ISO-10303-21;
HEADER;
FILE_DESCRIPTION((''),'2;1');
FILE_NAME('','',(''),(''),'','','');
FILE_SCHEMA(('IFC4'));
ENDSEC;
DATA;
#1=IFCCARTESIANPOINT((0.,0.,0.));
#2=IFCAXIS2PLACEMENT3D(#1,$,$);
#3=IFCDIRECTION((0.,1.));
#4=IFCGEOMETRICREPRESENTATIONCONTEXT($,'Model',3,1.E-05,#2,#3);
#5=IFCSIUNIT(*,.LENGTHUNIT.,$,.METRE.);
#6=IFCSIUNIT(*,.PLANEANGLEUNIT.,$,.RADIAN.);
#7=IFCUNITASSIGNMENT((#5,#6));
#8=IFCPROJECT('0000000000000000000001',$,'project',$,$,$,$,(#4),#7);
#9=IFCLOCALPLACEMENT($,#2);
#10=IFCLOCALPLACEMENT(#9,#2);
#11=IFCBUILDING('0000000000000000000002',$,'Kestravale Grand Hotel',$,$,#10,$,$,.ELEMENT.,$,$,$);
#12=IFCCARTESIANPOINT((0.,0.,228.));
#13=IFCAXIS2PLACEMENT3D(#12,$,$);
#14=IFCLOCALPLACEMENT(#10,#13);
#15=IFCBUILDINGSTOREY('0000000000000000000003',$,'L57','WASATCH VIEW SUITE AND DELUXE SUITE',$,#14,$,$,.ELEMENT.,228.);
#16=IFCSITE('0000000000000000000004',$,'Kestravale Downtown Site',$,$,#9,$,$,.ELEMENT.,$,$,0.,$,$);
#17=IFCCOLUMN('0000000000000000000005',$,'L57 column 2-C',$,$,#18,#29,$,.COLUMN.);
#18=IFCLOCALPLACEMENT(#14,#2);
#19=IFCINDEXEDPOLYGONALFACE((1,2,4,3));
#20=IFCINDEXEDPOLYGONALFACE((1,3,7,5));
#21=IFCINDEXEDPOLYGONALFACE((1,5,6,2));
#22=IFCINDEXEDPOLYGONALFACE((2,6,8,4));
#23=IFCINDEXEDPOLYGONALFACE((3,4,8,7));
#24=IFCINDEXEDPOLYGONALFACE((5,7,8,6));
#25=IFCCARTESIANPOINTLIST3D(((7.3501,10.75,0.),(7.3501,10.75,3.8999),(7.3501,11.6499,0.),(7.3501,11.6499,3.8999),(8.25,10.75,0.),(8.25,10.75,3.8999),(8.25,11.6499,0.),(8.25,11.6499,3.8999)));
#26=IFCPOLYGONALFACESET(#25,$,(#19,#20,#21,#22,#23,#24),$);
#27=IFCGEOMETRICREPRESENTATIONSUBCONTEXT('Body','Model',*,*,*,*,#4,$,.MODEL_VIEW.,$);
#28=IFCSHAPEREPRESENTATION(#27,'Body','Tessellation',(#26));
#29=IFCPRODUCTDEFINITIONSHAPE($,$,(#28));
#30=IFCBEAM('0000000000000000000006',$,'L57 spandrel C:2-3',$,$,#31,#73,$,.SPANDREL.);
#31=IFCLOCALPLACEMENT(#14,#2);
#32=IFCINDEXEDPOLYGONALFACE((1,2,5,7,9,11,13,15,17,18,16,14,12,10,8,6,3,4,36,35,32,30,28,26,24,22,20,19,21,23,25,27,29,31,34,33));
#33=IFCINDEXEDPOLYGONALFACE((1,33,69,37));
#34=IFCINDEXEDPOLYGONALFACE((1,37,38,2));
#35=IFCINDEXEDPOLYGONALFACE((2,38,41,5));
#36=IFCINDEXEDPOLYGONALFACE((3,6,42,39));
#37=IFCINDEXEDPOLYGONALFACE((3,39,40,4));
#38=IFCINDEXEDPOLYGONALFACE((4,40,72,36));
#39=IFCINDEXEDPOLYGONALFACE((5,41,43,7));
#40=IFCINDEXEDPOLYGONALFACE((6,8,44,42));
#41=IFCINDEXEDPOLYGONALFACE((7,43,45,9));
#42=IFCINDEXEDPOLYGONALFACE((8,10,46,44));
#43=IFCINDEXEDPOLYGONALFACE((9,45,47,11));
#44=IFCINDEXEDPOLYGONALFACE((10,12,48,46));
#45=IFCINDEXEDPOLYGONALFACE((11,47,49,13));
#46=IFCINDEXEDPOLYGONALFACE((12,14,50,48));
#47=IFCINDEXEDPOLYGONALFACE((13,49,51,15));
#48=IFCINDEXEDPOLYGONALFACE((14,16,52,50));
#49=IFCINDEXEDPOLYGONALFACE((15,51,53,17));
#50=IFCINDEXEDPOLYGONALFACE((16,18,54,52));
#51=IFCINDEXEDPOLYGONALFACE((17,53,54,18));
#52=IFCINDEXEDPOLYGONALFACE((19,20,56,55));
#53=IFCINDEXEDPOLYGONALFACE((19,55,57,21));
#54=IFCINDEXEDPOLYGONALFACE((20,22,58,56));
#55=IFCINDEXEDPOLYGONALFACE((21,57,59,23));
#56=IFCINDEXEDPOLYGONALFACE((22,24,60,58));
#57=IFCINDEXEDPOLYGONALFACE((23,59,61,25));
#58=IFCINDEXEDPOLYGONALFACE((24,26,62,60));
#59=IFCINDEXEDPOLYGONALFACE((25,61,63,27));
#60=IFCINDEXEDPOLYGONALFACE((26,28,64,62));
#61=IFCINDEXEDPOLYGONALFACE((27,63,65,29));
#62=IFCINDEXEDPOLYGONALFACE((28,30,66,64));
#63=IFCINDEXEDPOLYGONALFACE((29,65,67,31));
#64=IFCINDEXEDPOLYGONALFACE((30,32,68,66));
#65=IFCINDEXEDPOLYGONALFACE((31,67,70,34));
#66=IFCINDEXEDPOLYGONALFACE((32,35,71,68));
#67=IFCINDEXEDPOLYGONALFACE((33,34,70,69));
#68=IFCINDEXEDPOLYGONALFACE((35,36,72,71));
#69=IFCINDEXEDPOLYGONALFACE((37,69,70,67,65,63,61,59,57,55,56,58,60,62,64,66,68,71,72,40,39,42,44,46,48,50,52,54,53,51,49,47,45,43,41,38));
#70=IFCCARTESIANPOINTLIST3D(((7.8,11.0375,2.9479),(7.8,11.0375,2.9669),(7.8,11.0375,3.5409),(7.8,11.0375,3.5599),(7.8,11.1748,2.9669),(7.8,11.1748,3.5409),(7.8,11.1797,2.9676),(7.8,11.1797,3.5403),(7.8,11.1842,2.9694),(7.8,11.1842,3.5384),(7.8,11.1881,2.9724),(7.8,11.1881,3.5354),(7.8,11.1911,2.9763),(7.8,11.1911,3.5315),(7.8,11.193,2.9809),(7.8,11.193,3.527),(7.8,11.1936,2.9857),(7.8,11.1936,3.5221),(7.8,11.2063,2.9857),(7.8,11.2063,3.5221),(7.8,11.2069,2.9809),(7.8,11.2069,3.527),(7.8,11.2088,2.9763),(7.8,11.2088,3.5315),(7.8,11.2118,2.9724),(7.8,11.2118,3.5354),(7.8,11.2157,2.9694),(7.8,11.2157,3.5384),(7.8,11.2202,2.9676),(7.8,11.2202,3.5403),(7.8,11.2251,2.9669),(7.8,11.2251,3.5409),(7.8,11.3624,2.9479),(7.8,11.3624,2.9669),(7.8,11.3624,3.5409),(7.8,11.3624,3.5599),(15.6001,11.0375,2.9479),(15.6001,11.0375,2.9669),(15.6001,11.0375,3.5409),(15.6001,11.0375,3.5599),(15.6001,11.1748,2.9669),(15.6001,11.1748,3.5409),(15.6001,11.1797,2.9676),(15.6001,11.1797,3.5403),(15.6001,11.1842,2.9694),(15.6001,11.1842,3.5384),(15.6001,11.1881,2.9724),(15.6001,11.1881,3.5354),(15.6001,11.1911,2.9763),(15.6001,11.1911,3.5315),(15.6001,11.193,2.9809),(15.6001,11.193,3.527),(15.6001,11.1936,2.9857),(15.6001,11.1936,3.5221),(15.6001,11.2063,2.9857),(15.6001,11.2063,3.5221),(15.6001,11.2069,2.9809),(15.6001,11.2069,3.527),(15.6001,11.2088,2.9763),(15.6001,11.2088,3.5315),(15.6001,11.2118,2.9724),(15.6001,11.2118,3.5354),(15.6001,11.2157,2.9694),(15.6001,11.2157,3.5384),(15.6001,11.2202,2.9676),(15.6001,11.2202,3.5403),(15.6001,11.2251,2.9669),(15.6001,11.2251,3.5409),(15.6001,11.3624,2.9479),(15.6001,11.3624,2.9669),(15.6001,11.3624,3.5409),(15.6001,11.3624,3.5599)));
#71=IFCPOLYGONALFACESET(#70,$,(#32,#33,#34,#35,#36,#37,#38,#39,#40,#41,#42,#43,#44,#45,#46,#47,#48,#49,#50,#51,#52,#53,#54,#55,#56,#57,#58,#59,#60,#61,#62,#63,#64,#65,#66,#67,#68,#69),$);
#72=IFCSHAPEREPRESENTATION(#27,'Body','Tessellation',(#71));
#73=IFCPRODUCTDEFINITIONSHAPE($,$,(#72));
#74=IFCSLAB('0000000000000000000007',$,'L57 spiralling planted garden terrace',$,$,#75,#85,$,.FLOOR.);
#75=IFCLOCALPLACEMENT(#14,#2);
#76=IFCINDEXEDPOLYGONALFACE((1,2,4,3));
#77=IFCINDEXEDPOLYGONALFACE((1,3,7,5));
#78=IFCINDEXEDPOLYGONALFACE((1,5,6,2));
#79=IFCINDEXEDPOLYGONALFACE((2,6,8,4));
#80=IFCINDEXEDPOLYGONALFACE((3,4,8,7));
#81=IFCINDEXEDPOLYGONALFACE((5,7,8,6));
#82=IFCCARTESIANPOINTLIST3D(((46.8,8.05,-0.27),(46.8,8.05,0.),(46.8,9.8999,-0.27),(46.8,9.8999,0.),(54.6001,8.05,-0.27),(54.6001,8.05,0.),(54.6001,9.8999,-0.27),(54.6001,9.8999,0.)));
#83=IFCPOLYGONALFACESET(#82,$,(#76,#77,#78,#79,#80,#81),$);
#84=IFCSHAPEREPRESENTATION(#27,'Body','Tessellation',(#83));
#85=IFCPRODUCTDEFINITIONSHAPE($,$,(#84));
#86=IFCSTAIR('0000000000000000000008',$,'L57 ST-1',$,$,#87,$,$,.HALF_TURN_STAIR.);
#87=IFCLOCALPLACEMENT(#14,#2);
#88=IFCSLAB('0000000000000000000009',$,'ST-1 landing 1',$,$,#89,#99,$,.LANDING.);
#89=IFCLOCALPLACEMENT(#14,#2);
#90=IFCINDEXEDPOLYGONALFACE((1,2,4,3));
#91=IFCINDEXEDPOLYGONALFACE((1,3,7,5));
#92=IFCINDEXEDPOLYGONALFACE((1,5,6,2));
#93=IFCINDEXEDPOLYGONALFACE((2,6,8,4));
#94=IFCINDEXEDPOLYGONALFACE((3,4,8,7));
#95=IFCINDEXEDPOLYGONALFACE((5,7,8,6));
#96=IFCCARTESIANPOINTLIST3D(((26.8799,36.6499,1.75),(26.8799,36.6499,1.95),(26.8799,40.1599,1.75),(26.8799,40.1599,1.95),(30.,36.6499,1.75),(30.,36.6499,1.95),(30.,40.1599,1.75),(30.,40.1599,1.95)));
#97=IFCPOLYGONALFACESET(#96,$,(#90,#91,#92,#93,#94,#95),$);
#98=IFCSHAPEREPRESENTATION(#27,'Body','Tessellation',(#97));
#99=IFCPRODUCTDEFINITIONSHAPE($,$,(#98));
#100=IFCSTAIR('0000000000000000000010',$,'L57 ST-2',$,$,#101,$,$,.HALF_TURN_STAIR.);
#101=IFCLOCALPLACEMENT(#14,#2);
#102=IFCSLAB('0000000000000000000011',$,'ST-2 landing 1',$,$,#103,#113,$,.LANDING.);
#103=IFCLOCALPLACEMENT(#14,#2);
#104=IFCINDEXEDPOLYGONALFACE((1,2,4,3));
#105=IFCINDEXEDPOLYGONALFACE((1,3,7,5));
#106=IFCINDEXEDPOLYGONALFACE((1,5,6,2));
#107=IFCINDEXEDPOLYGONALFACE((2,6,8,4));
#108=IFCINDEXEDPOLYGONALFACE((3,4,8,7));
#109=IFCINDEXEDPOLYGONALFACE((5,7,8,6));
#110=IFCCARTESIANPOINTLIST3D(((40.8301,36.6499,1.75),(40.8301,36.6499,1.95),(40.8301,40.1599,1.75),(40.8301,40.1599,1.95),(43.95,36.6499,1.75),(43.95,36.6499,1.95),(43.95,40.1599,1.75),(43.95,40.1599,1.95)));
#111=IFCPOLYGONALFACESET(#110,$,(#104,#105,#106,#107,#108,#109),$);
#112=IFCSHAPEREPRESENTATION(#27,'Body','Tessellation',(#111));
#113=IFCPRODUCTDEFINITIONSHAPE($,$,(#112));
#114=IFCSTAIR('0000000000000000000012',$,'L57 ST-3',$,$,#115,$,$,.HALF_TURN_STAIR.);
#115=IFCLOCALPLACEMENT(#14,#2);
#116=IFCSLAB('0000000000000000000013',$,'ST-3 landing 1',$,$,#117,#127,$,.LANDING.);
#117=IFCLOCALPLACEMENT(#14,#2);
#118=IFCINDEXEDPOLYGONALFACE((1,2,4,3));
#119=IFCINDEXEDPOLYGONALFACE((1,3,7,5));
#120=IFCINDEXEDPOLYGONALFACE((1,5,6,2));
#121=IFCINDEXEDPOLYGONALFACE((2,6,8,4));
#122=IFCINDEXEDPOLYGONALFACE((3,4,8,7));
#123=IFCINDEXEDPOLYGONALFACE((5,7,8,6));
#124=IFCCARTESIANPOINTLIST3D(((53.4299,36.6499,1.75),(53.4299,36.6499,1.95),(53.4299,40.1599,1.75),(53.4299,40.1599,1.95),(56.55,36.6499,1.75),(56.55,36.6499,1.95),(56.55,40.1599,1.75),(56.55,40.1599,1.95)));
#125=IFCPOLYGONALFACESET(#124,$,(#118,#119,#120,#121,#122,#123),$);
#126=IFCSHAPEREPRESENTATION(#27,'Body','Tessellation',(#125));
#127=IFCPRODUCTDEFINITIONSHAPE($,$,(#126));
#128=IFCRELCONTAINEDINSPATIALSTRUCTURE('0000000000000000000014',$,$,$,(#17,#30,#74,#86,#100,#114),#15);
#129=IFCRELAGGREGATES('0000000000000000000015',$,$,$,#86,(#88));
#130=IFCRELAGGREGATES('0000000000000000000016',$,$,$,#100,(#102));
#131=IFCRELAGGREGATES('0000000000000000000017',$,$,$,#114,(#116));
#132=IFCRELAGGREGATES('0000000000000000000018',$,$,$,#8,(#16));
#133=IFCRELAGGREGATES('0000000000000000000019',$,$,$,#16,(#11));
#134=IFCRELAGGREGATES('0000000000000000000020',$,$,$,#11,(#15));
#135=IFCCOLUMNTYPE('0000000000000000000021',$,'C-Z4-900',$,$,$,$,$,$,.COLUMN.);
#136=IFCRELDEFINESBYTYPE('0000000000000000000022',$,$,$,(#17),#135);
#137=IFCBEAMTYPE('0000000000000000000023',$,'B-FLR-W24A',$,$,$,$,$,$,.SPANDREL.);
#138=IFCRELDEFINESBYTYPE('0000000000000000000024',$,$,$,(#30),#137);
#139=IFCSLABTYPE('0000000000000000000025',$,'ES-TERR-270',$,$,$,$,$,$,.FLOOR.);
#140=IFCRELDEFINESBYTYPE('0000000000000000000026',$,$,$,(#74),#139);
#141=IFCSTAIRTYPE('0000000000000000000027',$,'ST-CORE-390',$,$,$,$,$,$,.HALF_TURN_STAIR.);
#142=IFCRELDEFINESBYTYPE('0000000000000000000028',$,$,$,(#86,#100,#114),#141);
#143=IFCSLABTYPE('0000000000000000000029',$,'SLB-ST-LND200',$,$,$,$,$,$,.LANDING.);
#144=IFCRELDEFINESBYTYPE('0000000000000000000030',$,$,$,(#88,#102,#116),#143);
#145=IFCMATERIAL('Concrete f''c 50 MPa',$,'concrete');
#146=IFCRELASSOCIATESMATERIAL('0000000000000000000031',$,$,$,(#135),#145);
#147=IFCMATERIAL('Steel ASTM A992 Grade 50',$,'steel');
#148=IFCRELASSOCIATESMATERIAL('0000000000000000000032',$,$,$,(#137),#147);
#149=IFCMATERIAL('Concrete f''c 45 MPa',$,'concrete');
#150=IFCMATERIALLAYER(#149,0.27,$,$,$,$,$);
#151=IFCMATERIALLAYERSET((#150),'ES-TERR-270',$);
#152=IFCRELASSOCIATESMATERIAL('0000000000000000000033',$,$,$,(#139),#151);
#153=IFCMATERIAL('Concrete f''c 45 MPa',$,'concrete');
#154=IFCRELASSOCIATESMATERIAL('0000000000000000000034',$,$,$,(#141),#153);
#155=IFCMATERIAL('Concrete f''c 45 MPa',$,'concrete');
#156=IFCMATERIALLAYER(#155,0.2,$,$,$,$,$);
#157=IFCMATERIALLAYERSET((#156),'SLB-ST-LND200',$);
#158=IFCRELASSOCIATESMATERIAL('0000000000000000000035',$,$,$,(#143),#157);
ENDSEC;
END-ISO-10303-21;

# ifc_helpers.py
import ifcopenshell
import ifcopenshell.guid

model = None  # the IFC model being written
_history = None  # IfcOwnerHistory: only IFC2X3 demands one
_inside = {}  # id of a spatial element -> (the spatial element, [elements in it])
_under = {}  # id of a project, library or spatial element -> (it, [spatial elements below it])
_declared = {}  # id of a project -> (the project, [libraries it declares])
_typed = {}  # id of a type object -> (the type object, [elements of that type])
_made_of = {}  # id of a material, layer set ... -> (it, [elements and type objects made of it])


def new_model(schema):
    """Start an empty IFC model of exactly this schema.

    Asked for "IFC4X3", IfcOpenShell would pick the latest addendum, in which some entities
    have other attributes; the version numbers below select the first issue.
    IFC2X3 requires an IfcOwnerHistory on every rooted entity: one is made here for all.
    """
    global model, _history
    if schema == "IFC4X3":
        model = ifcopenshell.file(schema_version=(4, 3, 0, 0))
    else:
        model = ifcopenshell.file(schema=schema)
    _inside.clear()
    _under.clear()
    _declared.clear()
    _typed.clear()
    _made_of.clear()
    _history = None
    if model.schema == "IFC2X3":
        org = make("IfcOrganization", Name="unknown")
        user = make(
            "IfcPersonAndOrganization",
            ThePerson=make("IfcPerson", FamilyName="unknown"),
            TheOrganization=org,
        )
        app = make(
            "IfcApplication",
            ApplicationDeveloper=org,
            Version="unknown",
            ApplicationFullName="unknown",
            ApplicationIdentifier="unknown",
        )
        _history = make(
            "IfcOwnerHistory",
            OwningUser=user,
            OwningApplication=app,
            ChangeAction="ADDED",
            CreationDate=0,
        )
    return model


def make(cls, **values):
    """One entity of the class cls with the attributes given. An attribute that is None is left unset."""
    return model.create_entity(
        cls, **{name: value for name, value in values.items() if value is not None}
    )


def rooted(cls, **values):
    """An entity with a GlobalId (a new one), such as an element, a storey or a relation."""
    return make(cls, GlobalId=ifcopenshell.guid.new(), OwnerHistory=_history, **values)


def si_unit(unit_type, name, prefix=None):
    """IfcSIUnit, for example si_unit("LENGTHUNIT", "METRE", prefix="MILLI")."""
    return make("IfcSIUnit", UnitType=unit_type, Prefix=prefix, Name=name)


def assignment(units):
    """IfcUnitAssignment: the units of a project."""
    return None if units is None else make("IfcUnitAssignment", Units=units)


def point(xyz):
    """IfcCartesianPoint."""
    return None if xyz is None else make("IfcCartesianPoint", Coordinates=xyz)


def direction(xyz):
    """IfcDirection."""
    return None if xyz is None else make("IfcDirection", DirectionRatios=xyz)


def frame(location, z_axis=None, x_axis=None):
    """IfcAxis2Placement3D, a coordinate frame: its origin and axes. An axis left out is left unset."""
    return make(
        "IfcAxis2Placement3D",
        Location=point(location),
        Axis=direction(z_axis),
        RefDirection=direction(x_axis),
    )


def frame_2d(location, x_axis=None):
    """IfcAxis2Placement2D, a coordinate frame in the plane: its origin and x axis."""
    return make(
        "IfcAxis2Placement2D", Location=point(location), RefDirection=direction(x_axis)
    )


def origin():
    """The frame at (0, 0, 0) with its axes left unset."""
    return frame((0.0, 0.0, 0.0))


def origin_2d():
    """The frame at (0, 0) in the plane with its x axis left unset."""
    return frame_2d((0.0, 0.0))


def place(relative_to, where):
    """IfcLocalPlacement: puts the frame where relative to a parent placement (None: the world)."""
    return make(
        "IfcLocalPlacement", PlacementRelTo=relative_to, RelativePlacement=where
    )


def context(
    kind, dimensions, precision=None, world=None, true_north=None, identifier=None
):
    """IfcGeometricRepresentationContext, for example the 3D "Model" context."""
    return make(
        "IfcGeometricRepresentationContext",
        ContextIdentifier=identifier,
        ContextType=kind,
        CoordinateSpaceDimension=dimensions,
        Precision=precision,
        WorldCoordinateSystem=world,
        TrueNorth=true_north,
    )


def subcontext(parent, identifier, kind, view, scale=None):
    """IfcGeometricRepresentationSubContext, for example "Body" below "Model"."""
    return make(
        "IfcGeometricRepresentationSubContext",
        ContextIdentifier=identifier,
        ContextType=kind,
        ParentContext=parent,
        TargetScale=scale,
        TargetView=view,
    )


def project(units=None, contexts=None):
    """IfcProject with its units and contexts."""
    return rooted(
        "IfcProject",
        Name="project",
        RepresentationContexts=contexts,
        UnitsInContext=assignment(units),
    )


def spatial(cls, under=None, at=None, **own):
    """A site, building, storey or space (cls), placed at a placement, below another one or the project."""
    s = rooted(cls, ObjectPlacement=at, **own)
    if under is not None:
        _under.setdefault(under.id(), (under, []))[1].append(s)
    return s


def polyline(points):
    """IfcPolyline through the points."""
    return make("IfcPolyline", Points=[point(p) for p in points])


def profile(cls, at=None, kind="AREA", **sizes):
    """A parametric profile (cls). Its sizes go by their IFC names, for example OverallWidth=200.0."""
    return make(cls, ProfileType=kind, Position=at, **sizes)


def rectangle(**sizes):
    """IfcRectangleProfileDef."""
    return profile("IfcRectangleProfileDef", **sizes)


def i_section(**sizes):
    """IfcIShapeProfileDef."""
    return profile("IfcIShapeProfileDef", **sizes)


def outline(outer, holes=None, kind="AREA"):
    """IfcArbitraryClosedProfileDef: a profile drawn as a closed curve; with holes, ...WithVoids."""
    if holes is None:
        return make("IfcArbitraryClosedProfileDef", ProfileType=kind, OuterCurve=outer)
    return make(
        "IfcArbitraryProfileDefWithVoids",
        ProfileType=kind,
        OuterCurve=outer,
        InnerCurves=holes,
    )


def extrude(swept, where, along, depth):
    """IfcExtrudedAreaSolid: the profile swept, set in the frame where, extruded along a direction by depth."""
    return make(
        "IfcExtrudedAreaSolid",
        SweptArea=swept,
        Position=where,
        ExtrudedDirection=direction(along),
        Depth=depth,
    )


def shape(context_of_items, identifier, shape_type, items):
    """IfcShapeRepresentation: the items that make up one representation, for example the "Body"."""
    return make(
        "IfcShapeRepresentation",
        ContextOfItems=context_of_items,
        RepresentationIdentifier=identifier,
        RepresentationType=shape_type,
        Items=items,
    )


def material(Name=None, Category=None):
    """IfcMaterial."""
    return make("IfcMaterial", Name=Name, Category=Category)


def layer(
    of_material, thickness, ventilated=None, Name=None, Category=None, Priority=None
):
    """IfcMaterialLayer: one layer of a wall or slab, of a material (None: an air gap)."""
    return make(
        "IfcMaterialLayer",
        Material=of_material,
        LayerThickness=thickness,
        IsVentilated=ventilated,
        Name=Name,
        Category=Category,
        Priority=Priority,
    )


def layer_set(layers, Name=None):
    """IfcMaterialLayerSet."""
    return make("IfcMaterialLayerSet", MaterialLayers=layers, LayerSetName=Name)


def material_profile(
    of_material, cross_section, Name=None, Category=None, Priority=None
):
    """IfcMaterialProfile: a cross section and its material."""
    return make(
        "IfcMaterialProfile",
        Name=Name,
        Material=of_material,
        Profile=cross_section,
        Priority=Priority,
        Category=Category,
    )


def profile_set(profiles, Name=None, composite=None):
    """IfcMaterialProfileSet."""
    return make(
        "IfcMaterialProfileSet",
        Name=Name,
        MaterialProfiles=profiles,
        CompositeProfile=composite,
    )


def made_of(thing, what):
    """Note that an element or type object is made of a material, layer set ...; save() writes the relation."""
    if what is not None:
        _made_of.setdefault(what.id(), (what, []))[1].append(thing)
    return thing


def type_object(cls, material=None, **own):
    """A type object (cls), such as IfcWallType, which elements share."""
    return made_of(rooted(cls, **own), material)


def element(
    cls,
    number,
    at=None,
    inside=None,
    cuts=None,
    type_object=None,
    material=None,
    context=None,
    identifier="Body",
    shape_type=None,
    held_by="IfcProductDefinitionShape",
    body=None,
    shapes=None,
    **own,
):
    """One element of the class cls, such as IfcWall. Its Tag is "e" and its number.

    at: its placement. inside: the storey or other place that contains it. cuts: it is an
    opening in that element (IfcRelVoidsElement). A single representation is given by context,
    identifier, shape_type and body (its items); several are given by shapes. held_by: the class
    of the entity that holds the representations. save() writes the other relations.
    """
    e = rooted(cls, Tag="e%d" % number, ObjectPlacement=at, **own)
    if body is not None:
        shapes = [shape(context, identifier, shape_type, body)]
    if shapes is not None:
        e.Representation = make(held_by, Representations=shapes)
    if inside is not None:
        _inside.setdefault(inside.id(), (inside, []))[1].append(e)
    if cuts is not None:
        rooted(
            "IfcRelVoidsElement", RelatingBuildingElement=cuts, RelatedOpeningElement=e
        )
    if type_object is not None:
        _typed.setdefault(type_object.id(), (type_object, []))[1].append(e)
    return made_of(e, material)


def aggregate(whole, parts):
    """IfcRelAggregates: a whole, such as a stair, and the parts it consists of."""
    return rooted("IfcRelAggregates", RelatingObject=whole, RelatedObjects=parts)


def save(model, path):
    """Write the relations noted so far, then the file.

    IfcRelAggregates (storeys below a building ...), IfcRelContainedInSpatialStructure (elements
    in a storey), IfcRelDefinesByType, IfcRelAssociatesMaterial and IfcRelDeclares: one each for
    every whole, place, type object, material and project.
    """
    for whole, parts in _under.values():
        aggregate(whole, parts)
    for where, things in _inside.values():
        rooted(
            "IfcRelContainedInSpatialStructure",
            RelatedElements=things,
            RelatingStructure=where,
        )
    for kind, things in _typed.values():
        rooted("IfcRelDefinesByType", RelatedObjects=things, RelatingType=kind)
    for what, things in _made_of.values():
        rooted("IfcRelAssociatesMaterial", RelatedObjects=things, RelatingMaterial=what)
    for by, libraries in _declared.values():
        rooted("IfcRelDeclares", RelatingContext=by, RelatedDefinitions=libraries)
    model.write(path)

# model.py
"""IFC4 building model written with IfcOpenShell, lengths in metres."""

from ifc_helpers import new_model, si_unit, direction, frame, origin, origin_2d, place, context, subcontext, project, spatial, polyline, rectangle, i_section, outline, extrude, material, layer, layer_set, material_profile, profile_set, type_object, element, aggregate, save


model = new_model("IFC4")

# Units and contexts
model_context = context("Model", 3, precision=1e-05, world=origin(), true_north=direction((0.0, 1.0)))
body_context = subcontext(model_context, "Body", "Model", "MODEL_VIEW")
ifc_project = project(units=[si_unit("LENGTHUNIT", "METRE"), si_unit("PLANEANGLEUNIT", "RADIAN")], contexts=[model_context])

# Site, building, storey
site_placement = place(None, origin())
site = spatial("IfcSite", under=ifc_project, at=site_placement, Name="Kestravale Downtown Site", CompositionType="ELEMENT", RefElevation=0.0)
building_placement = place(site_placement, origin())
building = spatial("IfcBuilding", under=site, at=building_placement, Name="Kestravale Grand Hotel", CompositionType="ELEMENT")
storey_placement = place(building_placement, frame((0.0, 0.0, 228.0)))
storey = spatial("IfcBuildingStorey", under=building, at=storey_placement, Name="L57", Description="WASATCH VIEW SUITE AND DELUXE SUITE", CompositionType="ELEMENT", Elevation=228.0)

# Column
ifc_material_1 = material(Name="Concrete f'c 50 MPa", Category="concrete")
ifc_material_profile_1 = material_profile(ifc_material_1, rectangle(XDim=0.8999, YDim=0.8999, at=origin_2d()))
ifc_profile_set_1 = profile_set([ifc_material_profile_1], Name="Concrete f'c 50 MPa")
column_type = type_object("IfcColumnType", Name="C-Z4-900", PredefinedType="COLUMN", material=ifc_profile_set_1)
column_placement = place(storey_placement, frame((7.8, 11.2, 0.0), z_axis=(0.0, 0.0, 1.0), x_axis=(1.0, 0.0, 0.0)))
element("IfcColumn", 1, at=column_placement, inside=storey, type_object=column_type, Name="L57 column 2-C", PredefinedType="COLUMN", context=body_context, shape_type="SweptSolid", body=[
    extrude(rectangle(XDim=0.8999, YDim=0.8999, at=origin_2d()), origin(), (0.0, 0.0, 1.0), 3.8999),
])

# Beam
ifc_material_2 = material(Name="Steel ASTM A992 Grade 50", Category="steel")
ifc_material_profile_2 = material_profile(ifc_material_2, i_section(OverallWidth=0.325, OverallDepth=0.6121, WebThickness=0.0127, FlangeThickness=0.019, FilletRadius=0.0188, at=origin_2d()))
ifc_profile_set_2 = profile_set([ifc_material_profile_2], Name="Steel ASTM A992 Grade 50")
beam_type = type_object("IfcBeamType", Name="B-FLR-W24A", PredefinedType="SPANDREL", material=ifc_profile_set_2)
beam_placement = place(storey_placement, frame((7.8, 11.2, 3.2539), z_axis=(1.0, 0.0, 0.0), x_axis=(0.0, 1.0, 0.0)))
element("IfcBeam", 2, at=beam_placement, inside=storey, type_object=beam_type, Name="L57 spandrel C:2-3", PredefinedType="SPANDREL", context=body_context, shape_type="SweptSolid", body=[
    extrude(i_section(OverallWidth=0.325, OverallDepth=0.6121, WebThickness=0.0127, FlangeThickness=0.019, FilletRadius=0.0188, at=origin_2d()), origin(), (0.0, 0.0, 1.0), 7.8),
])

# Slab
ifc_material_3 = material(Name="Concrete f'c 45 MPa", Category="concrete")
ifc_layer_1 = layer(ifc_material_3, 0.27)
ifc_layer_set_1 = layer_set([ifc_layer_1], Name="ES-TERR-270")
slab_type_1 = type_object("IfcSlabType", Name="ES-TERR-270", PredefinedType="FLOOR", material=ifc_layer_set_1)
slab_1_placement = place(storey_placement, frame((0.0, 0.0, -0.27)))
element("IfcSlab", 3, at=slab_1_placement, inside=storey, type_object=slab_type_1, Name="L57 spiralling planted garden terrace", PredefinedType="FLOOR", context=body_context, shape_type="SweptSolid", body=[
    extrude(outline(polyline([(46.8, 8.05), (54.6001, 8.05), (54.6001, 9.8999), (46.8, 9.8999), (46.8, 8.05)])), origin(), (0.0, 0.0, 1.0), 0.27),
])

# Stairs, slabs
ifc_material_4 = material(Name="Concrete f'c 45 MPa", Category="concrete")
stair_type = type_object("IfcStairType", Name="ST-CORE-390", PredefinedType="HALF_TURN_STAIR", material=ifc_material_4)
stair_1_placement = place(storey_placement, origin())
stair_1 = element("IfcStair", 4, at=stair_1_placement, inside=storey, type_object=stair_type, Name="L57 ST-1", PredefinedType="HALF_TURN_STAIR")
ifc_material_5 = material(Name="Concrete f'c 45 MPa", Category="concrete")
ifc_layer_2 = layer(ifc_material_5, 0.2)
ifc_layer_set_2 = layer_set([ifc_layer_2], Name="SLB-ST-LND200")
slab_type_2 = type_object("IfcSlabType", Name="SLB-ST-LND200", PredefinedType="LANDING", material=ifc_layer_set_2)
slab_2_placement = place(storey_placement, frame((0.0, 0.0, 1.75)))
slab_2 = element("IfcSlab", 5, at=slab_2_placement, type_object=slab_type_2, Name="ST-1 landing 1", PredefinedType="LANDING", context=body_context, shape_type="SweptSolid", body=[
    extrude(outline(polyline([(26.8799, 36.6499), (30.0, 36.6499), (30.0, 40.1599), (26.8799, 40.1599), (26.8799, 36.6499)])), origin(), (0.0, 0.0, 1.0), 0.2),
])
aggregate(stair_1, [slab_2])
stair_2_placement = place(storey_placement, origin())
stair_2 = element("IfcStair", 6, at=stair_2_placement, inside=storey, type_object=stair_type, Name="L57 ST-2", PredefinedType="HALF_TURN_STAIR")
slab_3_placement = place(storey_placement, frame((0.0, 0.0, 1.75)))
slab_3 = element("IfcSlab", 7, at=slab_3_placement, type_object=slab_type_2, Name="ST-2 landing 1", PredefinedType="LANDING", context=body_context, shape_type="SweptSolid", body=[
    extrude(outline(polyline([(40.8301, 36.6499), (43.95, 36.6499), (43.95, 40.1599), (40.8301, 40.1599), (40.8301, 36.6499)])), origin(), (0.0, 0.0, 1.0), 0.2),
])
aggregate(stair_2, [slab_3])
stair_3_placement = place(storey_placement, origin())
stair_3 = element("IfcStair", 8, at=stair_3_placement, inside=storey, type_object=stair_type, Name="L57 ST-3", PredefinedType="HALF_TURN_STAIR")
slab_4_placement = place(storey_placement, frame((0.0, 0.0, 1.75)))
slab_4 = element("IfcSlab", 9, at=slab_4_placement, type_object=slab_type_2, Name="ST-3 landing 1", PredefinedType="LANDING", context=body_context, shape_type="SweptSolid", body=[
    extrude(outline(polyline([(53.4299, 36.6499), (56.55, 36.6499), (56.55, 40.1599), (53.4299, 40.1599), (53.4299, 36.6499)])), origin(), (0.0, 0.0, 1.0), 0.2),
])
aggregate(stair_3, [slab_4])

save(model, "model.ifc")
